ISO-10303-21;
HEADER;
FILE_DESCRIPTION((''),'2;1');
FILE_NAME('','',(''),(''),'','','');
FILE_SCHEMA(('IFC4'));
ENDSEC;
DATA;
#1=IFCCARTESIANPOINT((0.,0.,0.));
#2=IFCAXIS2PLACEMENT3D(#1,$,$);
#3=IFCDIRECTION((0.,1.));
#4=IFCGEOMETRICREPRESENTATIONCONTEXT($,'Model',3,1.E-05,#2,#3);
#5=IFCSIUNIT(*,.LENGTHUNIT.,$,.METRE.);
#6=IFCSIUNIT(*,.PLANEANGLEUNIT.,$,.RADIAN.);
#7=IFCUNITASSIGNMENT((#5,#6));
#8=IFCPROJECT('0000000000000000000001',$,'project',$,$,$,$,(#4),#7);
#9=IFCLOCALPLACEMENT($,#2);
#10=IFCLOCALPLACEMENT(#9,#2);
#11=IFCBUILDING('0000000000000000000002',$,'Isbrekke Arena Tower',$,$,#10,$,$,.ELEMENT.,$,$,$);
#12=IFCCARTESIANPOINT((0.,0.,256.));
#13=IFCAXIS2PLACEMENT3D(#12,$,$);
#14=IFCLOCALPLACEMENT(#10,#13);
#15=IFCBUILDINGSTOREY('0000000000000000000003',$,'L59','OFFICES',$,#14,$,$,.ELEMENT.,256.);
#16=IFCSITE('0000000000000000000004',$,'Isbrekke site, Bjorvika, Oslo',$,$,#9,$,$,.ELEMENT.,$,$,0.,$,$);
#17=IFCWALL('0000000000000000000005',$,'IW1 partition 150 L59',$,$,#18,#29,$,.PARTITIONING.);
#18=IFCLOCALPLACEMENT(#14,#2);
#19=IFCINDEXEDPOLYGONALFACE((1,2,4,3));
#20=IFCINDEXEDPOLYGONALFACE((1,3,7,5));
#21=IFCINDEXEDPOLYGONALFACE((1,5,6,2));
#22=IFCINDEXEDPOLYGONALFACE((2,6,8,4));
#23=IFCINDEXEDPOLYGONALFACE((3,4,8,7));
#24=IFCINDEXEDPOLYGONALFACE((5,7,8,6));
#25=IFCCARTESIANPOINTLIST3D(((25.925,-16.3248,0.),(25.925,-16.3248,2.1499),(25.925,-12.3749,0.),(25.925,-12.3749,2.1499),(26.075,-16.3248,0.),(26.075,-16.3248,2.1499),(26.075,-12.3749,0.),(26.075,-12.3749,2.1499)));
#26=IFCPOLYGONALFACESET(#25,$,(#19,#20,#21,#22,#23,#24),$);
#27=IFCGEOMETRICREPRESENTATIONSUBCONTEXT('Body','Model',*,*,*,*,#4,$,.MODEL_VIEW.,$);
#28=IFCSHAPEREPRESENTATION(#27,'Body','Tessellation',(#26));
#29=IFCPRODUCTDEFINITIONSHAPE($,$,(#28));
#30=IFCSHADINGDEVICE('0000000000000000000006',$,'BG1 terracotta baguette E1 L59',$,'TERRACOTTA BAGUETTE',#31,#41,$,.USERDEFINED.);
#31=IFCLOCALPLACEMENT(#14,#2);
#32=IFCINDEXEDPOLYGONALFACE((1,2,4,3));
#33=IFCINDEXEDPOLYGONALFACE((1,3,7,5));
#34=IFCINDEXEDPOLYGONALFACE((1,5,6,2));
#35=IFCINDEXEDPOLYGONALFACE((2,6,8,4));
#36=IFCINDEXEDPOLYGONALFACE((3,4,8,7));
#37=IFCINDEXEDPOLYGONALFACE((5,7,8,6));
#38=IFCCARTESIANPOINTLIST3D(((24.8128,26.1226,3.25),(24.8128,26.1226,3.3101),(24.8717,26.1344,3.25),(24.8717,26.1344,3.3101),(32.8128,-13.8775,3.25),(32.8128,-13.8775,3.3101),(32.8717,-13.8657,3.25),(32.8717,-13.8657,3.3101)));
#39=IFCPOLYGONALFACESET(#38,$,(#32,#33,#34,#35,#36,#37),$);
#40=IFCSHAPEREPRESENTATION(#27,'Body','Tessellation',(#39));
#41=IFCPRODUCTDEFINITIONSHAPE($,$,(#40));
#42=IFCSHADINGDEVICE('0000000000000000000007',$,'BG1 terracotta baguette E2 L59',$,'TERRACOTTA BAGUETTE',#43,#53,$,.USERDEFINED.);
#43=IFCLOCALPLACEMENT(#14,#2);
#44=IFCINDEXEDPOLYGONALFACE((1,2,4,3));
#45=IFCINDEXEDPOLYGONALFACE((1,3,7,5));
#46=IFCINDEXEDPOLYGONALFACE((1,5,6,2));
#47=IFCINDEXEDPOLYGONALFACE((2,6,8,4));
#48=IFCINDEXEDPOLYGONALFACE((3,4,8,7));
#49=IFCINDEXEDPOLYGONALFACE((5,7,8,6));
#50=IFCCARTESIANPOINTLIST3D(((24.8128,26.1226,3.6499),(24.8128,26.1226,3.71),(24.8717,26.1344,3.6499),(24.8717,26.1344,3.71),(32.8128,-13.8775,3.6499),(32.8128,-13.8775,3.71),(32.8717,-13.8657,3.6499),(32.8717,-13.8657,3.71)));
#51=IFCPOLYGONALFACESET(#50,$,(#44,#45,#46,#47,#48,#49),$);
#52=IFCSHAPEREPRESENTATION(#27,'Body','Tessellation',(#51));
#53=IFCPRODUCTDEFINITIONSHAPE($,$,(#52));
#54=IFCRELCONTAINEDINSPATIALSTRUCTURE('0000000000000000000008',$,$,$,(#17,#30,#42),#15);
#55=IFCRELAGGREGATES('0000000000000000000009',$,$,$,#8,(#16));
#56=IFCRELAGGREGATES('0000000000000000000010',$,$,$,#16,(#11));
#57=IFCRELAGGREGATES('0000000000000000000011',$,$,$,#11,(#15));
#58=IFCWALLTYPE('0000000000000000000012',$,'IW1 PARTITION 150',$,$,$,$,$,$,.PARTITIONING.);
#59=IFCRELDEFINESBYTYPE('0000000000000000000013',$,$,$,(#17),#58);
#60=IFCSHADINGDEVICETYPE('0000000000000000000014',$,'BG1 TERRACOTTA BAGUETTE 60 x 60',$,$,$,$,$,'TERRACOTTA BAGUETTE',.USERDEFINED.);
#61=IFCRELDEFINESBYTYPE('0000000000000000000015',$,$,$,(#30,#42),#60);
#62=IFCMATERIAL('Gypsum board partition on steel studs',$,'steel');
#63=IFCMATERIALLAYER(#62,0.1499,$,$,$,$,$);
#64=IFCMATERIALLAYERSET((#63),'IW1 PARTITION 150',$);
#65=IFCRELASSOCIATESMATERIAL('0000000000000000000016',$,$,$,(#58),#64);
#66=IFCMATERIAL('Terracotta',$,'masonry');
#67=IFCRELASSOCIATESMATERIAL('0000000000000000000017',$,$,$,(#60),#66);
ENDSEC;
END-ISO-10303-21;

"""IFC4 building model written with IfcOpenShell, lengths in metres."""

from ifc_helpers import new_model, si_unit, direction, frame, frame_2d, origin, origin_2d, place, context, subcontext, project, spatial, rectangle, extrude, material, layer, layer_set, material_profile, profile_set, type_object, element, save


model = new_model("IFC4")

# Units and contexts
model_context = context("Model", 3, precision=1e-05, world=origin(), true_north=direction((0.0, 1.0)))
body_context = subcontext(model_context, "Body", "Model", "MODEL_VIEW")
ifc_project = project(units=[si_unit("LENGTHUNIT", "METRE"), si_unit("PLANEANGLEUNIT", "RADIAN")], contexts=[model_context])

# Site, building, storey
site_placement = place(None, origin())
site = spatial("IfcSite", under=ifc_project, at=site_placement, Name="Isbrekke site, Bjorvika, Oslo", CompositionType="ELEMENT", RefElevation=0.0)
building_placement = place(site_placement, origin())
building = spatial("IfcBuilding", under=site, at=building_placement, Name="Isbrekke Arena Tower", CompositionType="ELEMENT")
storey_placement = place(building_placement, frame((0.0, 0.0, 256.0)))
storey = spatial("IfcBuildingStorey", under=building, at=storey_placement, Name="L59", Description="OFFICES", CompositionType="ELEMENT", Elevation=256.0)

# Wall
ifc_material_1 = material(Name="Gypsum board partition on steel studs", Category="steel")
ifc_layer_1 = layer(ifc_material_1, 0.1499)
ifc_layer_set_1 = layer_set([ifc_layer_1], Name="IW1 PARTITION 150")
wall_type = type_object("IfcWallType", Name="IW1 PARTITION 150", PredefinedType="PARTITIONING", material=ifc_layer_set_1)
for number, where, z_axis, x_axis, name in (
    (1, (26.0, -16.325, 0.0), (0.0, 0.0, 1.0), (0.0, 1.0, 0.0), "IW1 partition 150 L59"),
):
    element("IfcWall", number, at=place(storey_placement, frame(where, z_axis=z_axis, x_axis=x_axis)), inside=storey, type_object=wall_type, Name=name, PredefinedType="PARTITIONING", context=body_context, shape_type="SweptSolid", body=[
        extrude(rectangle(XDim=3.95, YDim=0.1499, at=frame_2d((1.9751, 0.0))), origin(), (0.0, 0.0, 1.0), 2.1499),
    ])

# Shading devices
ifc_material_2 = material(Name="Terracotta", Category="masonry")
ifc_material_profile_1 = material_profile(ifc_material_2, rectangle(XDim=0.0601, YDim=0.0601, at=origin_2d()), Name="BAGUETTE 60X60")
ifc_profile_set_1 = profile_set([ifc_material_profile_1], Name="Terracotta")
shading_device_type = type_object("IfcShadingDeviceType", Name="BG1 TERRACOTTA BAGUETTE 60 x 60", ElementType="TERRACOTTA BAGUETTE", PredefinedType="USERDEFINED", material=ifc_profile_set_1)
for number, where, z_axis, x_axis, name in (
    (2, (32.8423, -13.8716, 3.28), (-0.196116, 0.980581, 0.0), (-0.980581, -0.196116, 0.0), "BG1 terracotta baguette E1 L59"),
    (3, (32.8423, -13.8716, 3.6799), (-0.196116, 0.980581, 0.0), (-0.980581, -0.196116, 0.0), "BG1 terracotta baguette E2 L59"),
):
    element("IfcShadingDevice", number, at=place(storey_placement, frame(where, z_axis=z_axis, x_axis=x_axis)), inside=storey, type_object=shading_device_type, Name=name, ObjectType="TERRACOTTA BAGUETTE", PredefinedType="USERDEFINED", context=body_context, shape_type="SweptSolid", body=[
        extrude(rectangle(XDim=0.0601, YDim=0.0601, at=origin_2d()), origin(), (0.0, 0.0, 1.0), 40.7922),
    ])

save(model, "model.ifc")
